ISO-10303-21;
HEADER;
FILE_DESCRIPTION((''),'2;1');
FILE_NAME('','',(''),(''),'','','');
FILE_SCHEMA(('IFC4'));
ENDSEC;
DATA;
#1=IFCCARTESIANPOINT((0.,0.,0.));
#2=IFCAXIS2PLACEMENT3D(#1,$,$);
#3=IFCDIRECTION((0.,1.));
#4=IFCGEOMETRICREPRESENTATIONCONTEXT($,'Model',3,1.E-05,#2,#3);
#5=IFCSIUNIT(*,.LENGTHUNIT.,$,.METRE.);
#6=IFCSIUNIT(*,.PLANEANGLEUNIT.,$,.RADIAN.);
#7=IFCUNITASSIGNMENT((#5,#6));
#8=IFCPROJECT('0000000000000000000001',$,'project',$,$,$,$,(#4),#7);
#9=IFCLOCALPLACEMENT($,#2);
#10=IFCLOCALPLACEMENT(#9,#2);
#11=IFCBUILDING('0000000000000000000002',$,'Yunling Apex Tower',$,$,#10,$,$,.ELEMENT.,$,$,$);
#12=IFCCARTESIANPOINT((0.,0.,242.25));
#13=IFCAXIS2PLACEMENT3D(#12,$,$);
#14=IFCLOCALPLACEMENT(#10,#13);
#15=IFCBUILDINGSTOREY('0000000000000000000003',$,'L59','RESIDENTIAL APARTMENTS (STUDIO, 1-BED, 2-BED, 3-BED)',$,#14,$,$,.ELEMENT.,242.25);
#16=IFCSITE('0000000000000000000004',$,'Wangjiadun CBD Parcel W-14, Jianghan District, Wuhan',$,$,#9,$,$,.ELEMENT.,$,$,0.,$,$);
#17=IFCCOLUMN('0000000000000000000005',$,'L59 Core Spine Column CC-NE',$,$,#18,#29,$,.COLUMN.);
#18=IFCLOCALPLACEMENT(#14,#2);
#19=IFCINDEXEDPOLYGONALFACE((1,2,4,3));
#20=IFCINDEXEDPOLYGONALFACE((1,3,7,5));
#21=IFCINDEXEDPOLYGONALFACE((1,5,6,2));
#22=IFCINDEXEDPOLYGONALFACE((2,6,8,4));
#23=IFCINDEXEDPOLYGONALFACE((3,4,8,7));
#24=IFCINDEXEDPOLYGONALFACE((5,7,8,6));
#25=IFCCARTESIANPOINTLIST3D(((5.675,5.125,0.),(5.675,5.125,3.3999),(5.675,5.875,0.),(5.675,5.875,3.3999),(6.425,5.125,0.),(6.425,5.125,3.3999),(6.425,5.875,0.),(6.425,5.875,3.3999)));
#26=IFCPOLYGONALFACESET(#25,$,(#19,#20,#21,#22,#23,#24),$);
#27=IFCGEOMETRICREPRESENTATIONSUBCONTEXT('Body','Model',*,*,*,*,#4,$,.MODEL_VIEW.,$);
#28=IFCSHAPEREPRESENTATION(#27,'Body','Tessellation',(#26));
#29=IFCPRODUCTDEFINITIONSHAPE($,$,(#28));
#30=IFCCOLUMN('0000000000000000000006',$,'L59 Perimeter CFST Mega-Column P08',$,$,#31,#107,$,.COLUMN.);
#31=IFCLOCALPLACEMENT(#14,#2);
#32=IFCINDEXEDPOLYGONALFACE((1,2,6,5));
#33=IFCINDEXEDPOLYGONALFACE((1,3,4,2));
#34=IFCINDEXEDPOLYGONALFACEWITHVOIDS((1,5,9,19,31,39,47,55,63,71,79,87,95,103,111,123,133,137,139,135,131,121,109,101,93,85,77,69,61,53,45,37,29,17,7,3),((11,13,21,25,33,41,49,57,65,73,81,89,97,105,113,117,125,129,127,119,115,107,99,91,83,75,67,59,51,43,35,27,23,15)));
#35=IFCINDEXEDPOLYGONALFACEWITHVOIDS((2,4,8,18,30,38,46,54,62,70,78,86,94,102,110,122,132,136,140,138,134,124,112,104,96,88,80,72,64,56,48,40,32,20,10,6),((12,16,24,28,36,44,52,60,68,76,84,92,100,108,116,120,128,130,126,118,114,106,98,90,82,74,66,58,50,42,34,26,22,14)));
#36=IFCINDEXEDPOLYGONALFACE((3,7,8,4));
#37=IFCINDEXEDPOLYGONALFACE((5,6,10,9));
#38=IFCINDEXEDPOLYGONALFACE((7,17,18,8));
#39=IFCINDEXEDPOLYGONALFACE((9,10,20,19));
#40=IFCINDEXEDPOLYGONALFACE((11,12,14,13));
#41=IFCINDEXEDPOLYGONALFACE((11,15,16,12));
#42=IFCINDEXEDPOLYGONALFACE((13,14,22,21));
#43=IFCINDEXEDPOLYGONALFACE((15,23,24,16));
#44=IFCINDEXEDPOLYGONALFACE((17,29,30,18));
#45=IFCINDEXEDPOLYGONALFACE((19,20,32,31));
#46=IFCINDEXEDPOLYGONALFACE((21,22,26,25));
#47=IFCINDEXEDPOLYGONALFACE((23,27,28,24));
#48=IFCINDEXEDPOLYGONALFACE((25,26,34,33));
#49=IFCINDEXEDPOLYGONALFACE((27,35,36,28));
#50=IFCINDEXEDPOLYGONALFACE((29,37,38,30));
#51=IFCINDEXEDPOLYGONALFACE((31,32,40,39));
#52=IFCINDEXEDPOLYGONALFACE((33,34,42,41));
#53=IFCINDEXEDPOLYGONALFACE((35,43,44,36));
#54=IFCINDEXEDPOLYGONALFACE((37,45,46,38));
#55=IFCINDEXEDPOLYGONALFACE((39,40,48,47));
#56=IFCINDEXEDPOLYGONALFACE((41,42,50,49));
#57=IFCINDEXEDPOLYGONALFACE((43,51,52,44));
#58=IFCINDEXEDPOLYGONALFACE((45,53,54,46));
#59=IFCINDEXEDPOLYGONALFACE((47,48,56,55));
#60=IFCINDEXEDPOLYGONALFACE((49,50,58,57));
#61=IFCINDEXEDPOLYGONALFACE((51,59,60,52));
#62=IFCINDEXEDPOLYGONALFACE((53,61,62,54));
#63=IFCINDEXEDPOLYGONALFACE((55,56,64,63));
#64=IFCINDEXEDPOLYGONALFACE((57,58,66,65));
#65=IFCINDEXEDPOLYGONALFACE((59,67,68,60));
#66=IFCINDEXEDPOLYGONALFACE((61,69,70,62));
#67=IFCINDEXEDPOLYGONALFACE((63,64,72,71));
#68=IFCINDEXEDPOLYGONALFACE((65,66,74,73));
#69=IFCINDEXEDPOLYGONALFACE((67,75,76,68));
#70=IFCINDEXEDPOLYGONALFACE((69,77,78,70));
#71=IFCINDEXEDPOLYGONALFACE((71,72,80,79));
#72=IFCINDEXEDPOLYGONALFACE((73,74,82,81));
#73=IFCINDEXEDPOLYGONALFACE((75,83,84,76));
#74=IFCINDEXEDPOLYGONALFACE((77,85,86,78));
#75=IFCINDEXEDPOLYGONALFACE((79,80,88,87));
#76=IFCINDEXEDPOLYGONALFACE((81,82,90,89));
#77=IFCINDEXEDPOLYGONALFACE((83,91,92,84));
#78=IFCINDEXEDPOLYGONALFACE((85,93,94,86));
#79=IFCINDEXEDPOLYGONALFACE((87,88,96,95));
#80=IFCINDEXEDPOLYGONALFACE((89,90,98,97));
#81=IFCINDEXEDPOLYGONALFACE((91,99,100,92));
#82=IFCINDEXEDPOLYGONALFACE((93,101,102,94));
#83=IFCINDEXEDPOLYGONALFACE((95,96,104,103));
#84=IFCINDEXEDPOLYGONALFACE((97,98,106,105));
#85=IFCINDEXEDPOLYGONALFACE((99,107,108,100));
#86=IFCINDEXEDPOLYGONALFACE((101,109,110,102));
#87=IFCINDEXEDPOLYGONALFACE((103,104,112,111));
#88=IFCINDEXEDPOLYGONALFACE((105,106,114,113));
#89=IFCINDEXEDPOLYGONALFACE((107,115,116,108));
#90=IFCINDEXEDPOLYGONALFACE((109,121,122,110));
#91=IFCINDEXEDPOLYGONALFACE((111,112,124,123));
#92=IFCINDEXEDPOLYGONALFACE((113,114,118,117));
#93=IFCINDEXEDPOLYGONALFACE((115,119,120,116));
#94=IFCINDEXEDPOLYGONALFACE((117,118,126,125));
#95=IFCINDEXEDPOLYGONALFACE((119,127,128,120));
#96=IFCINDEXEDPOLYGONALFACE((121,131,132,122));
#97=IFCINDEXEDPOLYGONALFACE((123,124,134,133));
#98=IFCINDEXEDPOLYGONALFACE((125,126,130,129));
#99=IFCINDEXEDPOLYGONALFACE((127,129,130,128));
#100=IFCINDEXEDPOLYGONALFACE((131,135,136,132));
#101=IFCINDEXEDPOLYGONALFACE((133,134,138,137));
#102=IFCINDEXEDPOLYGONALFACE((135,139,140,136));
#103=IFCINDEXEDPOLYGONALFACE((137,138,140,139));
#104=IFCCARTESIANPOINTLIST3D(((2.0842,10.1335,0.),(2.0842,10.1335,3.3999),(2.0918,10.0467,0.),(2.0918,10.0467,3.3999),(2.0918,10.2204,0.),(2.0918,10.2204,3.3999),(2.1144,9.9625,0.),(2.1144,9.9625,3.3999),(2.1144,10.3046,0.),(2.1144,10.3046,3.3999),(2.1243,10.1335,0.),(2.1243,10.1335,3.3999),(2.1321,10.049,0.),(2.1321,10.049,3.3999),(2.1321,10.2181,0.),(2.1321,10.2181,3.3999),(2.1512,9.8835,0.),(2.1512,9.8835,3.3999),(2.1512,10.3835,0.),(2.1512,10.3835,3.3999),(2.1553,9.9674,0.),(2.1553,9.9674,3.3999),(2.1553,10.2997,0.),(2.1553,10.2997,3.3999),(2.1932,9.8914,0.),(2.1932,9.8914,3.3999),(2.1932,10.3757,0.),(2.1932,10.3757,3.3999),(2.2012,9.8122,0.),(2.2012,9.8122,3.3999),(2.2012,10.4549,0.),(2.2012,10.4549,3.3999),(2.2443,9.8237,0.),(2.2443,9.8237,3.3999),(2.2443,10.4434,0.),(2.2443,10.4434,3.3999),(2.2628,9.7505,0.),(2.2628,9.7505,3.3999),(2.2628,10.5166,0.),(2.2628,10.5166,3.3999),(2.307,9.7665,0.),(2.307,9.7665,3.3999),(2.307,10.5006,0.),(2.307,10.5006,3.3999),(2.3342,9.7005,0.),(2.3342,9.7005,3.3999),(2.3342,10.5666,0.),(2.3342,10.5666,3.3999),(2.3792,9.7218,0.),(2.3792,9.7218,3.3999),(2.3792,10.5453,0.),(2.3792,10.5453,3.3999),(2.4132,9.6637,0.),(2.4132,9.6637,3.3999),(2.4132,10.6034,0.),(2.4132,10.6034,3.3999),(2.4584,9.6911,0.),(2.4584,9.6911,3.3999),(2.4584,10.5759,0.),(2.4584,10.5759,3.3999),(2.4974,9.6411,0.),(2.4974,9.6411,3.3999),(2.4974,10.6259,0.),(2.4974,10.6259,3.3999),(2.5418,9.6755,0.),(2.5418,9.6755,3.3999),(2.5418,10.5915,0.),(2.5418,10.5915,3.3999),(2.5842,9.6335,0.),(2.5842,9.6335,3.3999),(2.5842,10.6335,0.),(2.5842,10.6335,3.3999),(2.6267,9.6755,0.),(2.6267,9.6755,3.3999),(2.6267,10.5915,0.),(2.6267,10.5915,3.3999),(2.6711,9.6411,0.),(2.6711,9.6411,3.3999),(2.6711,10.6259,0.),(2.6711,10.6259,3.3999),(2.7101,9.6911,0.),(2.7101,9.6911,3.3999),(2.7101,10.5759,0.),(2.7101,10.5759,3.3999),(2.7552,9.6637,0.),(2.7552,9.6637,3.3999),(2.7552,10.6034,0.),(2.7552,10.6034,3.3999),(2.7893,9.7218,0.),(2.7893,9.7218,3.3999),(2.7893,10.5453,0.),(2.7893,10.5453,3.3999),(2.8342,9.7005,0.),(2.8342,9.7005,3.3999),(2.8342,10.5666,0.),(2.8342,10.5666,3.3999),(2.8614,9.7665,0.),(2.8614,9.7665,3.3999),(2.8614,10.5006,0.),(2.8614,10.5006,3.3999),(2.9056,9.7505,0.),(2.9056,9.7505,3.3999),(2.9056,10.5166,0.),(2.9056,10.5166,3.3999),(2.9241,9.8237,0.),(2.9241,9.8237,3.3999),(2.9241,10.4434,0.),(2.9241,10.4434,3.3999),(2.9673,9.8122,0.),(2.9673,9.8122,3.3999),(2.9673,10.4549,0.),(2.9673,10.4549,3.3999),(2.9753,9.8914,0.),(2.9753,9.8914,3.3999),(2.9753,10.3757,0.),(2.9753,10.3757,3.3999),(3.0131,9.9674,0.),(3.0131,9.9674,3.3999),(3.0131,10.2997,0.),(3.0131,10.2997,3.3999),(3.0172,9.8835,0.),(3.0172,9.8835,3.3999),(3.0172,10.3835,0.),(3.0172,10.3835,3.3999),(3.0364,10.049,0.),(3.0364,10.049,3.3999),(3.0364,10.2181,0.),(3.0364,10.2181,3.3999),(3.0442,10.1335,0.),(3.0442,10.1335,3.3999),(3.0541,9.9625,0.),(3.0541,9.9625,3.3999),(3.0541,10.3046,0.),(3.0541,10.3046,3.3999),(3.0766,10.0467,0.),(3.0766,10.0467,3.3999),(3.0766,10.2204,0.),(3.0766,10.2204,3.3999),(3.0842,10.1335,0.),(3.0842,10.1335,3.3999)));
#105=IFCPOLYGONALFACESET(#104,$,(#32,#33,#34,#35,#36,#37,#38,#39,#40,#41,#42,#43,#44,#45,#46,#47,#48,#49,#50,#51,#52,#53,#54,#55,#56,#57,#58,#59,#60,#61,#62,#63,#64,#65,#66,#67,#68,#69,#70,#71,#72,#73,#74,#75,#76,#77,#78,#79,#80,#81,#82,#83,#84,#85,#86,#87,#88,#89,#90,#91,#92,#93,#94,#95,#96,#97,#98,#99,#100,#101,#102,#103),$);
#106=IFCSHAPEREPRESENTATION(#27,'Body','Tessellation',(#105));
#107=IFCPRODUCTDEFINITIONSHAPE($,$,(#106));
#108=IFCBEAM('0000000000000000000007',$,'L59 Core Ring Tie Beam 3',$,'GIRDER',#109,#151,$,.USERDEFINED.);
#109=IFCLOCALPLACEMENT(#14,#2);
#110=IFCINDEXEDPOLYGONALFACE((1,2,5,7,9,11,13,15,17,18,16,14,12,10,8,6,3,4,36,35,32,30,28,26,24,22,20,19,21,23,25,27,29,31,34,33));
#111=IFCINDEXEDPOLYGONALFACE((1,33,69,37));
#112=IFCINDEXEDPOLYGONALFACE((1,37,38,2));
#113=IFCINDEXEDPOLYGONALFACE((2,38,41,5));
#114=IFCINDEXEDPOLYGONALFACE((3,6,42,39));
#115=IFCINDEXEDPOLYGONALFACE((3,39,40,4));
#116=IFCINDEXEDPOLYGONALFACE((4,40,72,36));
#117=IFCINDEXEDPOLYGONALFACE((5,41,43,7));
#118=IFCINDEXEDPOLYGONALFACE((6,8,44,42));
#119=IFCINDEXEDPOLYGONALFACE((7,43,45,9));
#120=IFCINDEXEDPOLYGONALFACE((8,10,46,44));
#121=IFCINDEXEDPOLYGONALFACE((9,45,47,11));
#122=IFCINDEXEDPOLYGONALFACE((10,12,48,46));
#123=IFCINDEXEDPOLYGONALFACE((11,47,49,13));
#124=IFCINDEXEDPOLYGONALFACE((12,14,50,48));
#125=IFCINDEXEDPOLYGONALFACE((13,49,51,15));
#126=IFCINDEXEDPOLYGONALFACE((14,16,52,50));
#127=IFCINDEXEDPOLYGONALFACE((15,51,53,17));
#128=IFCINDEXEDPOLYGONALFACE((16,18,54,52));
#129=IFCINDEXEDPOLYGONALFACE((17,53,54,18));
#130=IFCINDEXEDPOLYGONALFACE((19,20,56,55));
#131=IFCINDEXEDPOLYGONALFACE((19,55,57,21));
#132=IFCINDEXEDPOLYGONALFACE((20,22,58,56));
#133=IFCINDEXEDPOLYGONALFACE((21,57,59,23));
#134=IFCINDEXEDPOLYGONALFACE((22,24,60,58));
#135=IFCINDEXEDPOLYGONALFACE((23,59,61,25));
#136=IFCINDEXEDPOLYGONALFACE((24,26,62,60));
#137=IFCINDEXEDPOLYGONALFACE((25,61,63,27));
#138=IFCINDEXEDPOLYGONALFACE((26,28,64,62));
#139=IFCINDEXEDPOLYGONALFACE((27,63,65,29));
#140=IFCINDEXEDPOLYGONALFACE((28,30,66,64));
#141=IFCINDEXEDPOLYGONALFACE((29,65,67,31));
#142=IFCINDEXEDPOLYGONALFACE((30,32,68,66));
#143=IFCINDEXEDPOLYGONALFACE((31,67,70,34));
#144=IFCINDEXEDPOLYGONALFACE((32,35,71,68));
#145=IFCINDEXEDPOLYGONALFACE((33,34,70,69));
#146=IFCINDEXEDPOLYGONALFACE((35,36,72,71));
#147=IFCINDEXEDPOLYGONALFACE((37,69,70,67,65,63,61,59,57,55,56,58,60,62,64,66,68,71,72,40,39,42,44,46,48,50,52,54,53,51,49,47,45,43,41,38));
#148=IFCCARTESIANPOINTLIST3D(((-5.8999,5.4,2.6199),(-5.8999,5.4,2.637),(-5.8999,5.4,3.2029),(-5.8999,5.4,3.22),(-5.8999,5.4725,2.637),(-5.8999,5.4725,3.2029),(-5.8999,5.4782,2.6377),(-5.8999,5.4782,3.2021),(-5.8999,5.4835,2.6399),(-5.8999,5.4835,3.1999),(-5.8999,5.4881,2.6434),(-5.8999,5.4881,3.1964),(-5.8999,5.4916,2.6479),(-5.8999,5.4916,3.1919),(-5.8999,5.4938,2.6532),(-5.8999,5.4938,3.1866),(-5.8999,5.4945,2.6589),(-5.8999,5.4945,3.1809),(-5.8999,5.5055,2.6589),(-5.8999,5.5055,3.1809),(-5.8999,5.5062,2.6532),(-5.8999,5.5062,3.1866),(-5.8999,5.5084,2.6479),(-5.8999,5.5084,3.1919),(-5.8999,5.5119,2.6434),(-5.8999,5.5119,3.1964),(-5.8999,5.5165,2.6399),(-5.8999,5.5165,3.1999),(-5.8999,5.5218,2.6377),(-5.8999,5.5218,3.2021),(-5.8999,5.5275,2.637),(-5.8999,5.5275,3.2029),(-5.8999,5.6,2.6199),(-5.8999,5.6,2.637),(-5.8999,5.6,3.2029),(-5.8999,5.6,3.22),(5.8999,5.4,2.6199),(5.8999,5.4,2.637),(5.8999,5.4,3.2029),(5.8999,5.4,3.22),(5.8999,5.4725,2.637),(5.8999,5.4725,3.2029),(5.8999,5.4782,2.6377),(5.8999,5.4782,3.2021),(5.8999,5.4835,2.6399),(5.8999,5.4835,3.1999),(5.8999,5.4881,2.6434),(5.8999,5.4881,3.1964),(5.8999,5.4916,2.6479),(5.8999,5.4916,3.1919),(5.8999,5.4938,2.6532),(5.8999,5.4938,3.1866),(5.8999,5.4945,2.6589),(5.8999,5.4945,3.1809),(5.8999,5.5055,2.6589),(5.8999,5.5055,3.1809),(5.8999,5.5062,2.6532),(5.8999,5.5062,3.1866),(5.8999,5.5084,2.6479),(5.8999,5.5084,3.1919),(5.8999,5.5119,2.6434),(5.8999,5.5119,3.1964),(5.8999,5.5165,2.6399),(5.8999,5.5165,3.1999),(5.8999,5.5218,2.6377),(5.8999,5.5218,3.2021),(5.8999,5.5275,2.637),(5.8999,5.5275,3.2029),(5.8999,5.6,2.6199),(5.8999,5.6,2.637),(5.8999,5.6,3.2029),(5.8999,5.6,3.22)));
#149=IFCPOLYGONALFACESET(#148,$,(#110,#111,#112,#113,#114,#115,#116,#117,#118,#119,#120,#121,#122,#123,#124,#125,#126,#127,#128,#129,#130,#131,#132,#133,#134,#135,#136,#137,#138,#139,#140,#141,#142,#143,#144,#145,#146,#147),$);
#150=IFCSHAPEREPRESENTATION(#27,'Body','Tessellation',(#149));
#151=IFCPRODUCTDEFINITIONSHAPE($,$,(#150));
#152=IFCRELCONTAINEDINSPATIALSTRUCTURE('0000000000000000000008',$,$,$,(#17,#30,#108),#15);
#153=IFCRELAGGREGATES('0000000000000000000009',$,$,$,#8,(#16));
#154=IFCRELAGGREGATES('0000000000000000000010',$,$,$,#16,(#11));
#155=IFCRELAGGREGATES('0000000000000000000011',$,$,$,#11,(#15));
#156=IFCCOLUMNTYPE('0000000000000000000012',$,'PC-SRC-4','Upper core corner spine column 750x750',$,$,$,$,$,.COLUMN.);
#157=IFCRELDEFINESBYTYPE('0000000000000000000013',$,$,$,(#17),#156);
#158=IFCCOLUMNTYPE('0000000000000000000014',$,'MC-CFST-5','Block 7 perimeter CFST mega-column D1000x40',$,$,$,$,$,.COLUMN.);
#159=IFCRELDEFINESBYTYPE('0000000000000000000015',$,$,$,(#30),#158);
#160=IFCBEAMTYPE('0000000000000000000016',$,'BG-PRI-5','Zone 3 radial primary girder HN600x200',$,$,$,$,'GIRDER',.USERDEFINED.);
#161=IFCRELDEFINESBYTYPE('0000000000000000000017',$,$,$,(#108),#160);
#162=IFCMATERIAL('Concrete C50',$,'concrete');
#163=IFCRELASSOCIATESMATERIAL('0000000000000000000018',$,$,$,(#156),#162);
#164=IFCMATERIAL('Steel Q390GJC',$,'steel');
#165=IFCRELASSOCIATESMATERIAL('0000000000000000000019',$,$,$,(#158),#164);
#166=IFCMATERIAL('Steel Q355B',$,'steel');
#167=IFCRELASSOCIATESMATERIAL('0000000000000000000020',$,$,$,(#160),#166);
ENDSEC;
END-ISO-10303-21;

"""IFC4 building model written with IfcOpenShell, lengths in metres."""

from ifc_helpers import new_model, si_unit, direction, frame, origin, origin_2d, place, context, subcontext, project, spatial, rectangle, hollow_circle, i_section, extrude, source, transform, mapped, material, material_profile, profile_set, type_object, element, save


model = new_model("IFC4")

# Units and contexts
model_context = context("Model", 3, precision=1e-05, world=origin(), true_north=direction((0.0, 1.0)))
body_context = subcontext(model_context, "Body", "Model", "MODEL_VIEW")
ifc_project = project(units=[si_unit("LENGTHUNIT", "METRE"), si_unit("PLANEANGLEUNIT", "RADIAN")], contexts=[model_context])

# Site, building, storey
site_placement = place(None, origin())
site = spatial("IfcSite", under=ifc_project, at=site_placement, Name="Wangjiadun CBD Parcel W-14, Jianghan District, Wuhan", CompositionType="ELEMENT", RefElevation=0.0)
building_placement = place(site_placement, origin())
building = spatial("IfcBuilding", under=site, at=building_placement, Name="Yunling Apex Tower", CompositionType="ELEMENT")
storey_placement = place(building_placement, frame((0.0, 0.0, 242.25)))
storey = spatial("IfcBuildingStorey", under=building, at=storey_placement, Name="L59", Description="RESIDENTIAL APARTMENTS (STUDIO, 1-BED, 2-BED, 3-BED)", CompositionType="ELEMENT", Elevation=242.25)

# Columns
ifc_material_1 = material(Name="Concrete C50", Category="concrete")
ifc_material_profile_1 = material_profile(ifc_material_1, rectangle(XDim=0.75, YDim=0.75, at=origin_2d()))
ifc_profile_set_1 = profile_set([ifc_material_profile_1], Name="Concrete C50")
column_type_1 = type_object("IfcColumnType", Name="PC-SRC-4", Description="Upper core corner spine column 750x750", PredefinedType="COLUMN", material=ifc_profile_set_1)
shared_shape_1 = source(origin(), body_context, "Body", "SweptSolid", [
    extrude(rectangle(XDim=0.75, YDim=0.75, at=origin_2d()), origin(), (0.0, 0.0, 1.0), 3.3999),
])
column_1_placement = place(storey_placement, frame((6.05, 5.5, 0.0), z_axis=(0.0, 0.0, 1.0), x_axis=(1.0, 0.0, 0.0)))
element("IfcColumn", 1, at=column_1_placement, inside=storey, type_object=column_type_1, Name="L59 Core Spine Column CC-NE", PredefinedType="COLUMN", context=body_context, shape_type="MappedRepresentation", body=[
    mapped(shared_shape_1, transform((0.0, 0.0, 0.0), scale=1.0)),
])
ifc_material_2 = material(Name="Steel Q390GJC", Category="steel")
ifc_material_profile_2 = material_profile(ifc_material_2, hollow_circle(Radius=0.5, WallThickness=0.04, at=origin_2d()))
ifc_profile_set_2 = profile_set([ifc_material_profile_2], Name="Steel Q390GJC")
column_type_2 = type_object("IfcColumnType", Name="MC-CFST-5", Description="Block 7 perimeter CFST mega-column D1000x40", PredefinedType="COLUMN", material=ifc_profile_set_2)
shared_shape_2 = source(origin(), body_context, "Body", "SweptSolid", [
    extrude(hollow_circle(Radius=0.5, WallThickness=0.04, at=origin_2d()), origin(), (0.0, 0.0, 1.0), 3.3999),
])
column_2_placement = place(storey_placement, frame((2.5842, 10.1335, 0.0), z_axis=(0.0, 0.0, 1.0), x_axis=(1.0, 0.0, 0.0)))
element("IfcColumn", 2, at=column_2_placement, inside=storey, type_object=column_type_2, Name="L59 Perimeter CFST Mega-Column P08", PredefinedType="COLUMN", context=body_context, shape_type="MappedRepresentation", body=[
    mapped(shared_shape_2, transform((0.0, 0.0, 0.0), scale=1.0)),
])

# Beam
ifc_material_3 = material(Name="Steel Q355B", Category="steel")
ifc_material_profile_3 = material_profile(ifc_material_3, i_section(OverallWidth=0.2, OverallDepth=0.6001, WebThickness=0.011, FlangeThickness=0.0171, FilletRadius=0.022, at=origin_2d()))
ifc_profile_set_3 = profile_set([ifc_material_profile_3], Name="Steel Q355B")
beam_type_1 = type_object("IfcBeamType", Name="BG-PRI-5", Description="Zone 3 radial primary girder HN600x200", ElementType="GIRDER", PredefinedType="USERDEFINED", material=ifc_profile_set_3)
shared_shape_3 = source(origin(), body_context, "Body", "SweptSolid", [
    extrude(i_section(OverallWidth=0.2, OverallDepth=0.6001, WebThickness=0.011, FlangeThickness=0.0171, FilletRadius=0.022, at=origin_2d()), origin(), (0.0, 0.0, 1.0), 11.7998),
])
beam_1_placement = place(storey_placement, frame((5.8999, 5.5, 2.9199), z_axis=(-1.0, 0.0, 0.0), x_axis=(0.0, -1.0, 0.0)))
element("IfcBeam", 3, at=beam_1_placement, inside=storey, type_object=beam_type_1, Name="L59 Core Ring Tie Beam 3", ObjectType="GIRDER", PredefinedType="USERDEFINED", context=body_context, shape_type="MappedRepresentation", body=[
    mapped(shared_shape_3, transform((0.0, 0.0, 0.0), scale=1.0)),
])

save(model, "model.ifc")
